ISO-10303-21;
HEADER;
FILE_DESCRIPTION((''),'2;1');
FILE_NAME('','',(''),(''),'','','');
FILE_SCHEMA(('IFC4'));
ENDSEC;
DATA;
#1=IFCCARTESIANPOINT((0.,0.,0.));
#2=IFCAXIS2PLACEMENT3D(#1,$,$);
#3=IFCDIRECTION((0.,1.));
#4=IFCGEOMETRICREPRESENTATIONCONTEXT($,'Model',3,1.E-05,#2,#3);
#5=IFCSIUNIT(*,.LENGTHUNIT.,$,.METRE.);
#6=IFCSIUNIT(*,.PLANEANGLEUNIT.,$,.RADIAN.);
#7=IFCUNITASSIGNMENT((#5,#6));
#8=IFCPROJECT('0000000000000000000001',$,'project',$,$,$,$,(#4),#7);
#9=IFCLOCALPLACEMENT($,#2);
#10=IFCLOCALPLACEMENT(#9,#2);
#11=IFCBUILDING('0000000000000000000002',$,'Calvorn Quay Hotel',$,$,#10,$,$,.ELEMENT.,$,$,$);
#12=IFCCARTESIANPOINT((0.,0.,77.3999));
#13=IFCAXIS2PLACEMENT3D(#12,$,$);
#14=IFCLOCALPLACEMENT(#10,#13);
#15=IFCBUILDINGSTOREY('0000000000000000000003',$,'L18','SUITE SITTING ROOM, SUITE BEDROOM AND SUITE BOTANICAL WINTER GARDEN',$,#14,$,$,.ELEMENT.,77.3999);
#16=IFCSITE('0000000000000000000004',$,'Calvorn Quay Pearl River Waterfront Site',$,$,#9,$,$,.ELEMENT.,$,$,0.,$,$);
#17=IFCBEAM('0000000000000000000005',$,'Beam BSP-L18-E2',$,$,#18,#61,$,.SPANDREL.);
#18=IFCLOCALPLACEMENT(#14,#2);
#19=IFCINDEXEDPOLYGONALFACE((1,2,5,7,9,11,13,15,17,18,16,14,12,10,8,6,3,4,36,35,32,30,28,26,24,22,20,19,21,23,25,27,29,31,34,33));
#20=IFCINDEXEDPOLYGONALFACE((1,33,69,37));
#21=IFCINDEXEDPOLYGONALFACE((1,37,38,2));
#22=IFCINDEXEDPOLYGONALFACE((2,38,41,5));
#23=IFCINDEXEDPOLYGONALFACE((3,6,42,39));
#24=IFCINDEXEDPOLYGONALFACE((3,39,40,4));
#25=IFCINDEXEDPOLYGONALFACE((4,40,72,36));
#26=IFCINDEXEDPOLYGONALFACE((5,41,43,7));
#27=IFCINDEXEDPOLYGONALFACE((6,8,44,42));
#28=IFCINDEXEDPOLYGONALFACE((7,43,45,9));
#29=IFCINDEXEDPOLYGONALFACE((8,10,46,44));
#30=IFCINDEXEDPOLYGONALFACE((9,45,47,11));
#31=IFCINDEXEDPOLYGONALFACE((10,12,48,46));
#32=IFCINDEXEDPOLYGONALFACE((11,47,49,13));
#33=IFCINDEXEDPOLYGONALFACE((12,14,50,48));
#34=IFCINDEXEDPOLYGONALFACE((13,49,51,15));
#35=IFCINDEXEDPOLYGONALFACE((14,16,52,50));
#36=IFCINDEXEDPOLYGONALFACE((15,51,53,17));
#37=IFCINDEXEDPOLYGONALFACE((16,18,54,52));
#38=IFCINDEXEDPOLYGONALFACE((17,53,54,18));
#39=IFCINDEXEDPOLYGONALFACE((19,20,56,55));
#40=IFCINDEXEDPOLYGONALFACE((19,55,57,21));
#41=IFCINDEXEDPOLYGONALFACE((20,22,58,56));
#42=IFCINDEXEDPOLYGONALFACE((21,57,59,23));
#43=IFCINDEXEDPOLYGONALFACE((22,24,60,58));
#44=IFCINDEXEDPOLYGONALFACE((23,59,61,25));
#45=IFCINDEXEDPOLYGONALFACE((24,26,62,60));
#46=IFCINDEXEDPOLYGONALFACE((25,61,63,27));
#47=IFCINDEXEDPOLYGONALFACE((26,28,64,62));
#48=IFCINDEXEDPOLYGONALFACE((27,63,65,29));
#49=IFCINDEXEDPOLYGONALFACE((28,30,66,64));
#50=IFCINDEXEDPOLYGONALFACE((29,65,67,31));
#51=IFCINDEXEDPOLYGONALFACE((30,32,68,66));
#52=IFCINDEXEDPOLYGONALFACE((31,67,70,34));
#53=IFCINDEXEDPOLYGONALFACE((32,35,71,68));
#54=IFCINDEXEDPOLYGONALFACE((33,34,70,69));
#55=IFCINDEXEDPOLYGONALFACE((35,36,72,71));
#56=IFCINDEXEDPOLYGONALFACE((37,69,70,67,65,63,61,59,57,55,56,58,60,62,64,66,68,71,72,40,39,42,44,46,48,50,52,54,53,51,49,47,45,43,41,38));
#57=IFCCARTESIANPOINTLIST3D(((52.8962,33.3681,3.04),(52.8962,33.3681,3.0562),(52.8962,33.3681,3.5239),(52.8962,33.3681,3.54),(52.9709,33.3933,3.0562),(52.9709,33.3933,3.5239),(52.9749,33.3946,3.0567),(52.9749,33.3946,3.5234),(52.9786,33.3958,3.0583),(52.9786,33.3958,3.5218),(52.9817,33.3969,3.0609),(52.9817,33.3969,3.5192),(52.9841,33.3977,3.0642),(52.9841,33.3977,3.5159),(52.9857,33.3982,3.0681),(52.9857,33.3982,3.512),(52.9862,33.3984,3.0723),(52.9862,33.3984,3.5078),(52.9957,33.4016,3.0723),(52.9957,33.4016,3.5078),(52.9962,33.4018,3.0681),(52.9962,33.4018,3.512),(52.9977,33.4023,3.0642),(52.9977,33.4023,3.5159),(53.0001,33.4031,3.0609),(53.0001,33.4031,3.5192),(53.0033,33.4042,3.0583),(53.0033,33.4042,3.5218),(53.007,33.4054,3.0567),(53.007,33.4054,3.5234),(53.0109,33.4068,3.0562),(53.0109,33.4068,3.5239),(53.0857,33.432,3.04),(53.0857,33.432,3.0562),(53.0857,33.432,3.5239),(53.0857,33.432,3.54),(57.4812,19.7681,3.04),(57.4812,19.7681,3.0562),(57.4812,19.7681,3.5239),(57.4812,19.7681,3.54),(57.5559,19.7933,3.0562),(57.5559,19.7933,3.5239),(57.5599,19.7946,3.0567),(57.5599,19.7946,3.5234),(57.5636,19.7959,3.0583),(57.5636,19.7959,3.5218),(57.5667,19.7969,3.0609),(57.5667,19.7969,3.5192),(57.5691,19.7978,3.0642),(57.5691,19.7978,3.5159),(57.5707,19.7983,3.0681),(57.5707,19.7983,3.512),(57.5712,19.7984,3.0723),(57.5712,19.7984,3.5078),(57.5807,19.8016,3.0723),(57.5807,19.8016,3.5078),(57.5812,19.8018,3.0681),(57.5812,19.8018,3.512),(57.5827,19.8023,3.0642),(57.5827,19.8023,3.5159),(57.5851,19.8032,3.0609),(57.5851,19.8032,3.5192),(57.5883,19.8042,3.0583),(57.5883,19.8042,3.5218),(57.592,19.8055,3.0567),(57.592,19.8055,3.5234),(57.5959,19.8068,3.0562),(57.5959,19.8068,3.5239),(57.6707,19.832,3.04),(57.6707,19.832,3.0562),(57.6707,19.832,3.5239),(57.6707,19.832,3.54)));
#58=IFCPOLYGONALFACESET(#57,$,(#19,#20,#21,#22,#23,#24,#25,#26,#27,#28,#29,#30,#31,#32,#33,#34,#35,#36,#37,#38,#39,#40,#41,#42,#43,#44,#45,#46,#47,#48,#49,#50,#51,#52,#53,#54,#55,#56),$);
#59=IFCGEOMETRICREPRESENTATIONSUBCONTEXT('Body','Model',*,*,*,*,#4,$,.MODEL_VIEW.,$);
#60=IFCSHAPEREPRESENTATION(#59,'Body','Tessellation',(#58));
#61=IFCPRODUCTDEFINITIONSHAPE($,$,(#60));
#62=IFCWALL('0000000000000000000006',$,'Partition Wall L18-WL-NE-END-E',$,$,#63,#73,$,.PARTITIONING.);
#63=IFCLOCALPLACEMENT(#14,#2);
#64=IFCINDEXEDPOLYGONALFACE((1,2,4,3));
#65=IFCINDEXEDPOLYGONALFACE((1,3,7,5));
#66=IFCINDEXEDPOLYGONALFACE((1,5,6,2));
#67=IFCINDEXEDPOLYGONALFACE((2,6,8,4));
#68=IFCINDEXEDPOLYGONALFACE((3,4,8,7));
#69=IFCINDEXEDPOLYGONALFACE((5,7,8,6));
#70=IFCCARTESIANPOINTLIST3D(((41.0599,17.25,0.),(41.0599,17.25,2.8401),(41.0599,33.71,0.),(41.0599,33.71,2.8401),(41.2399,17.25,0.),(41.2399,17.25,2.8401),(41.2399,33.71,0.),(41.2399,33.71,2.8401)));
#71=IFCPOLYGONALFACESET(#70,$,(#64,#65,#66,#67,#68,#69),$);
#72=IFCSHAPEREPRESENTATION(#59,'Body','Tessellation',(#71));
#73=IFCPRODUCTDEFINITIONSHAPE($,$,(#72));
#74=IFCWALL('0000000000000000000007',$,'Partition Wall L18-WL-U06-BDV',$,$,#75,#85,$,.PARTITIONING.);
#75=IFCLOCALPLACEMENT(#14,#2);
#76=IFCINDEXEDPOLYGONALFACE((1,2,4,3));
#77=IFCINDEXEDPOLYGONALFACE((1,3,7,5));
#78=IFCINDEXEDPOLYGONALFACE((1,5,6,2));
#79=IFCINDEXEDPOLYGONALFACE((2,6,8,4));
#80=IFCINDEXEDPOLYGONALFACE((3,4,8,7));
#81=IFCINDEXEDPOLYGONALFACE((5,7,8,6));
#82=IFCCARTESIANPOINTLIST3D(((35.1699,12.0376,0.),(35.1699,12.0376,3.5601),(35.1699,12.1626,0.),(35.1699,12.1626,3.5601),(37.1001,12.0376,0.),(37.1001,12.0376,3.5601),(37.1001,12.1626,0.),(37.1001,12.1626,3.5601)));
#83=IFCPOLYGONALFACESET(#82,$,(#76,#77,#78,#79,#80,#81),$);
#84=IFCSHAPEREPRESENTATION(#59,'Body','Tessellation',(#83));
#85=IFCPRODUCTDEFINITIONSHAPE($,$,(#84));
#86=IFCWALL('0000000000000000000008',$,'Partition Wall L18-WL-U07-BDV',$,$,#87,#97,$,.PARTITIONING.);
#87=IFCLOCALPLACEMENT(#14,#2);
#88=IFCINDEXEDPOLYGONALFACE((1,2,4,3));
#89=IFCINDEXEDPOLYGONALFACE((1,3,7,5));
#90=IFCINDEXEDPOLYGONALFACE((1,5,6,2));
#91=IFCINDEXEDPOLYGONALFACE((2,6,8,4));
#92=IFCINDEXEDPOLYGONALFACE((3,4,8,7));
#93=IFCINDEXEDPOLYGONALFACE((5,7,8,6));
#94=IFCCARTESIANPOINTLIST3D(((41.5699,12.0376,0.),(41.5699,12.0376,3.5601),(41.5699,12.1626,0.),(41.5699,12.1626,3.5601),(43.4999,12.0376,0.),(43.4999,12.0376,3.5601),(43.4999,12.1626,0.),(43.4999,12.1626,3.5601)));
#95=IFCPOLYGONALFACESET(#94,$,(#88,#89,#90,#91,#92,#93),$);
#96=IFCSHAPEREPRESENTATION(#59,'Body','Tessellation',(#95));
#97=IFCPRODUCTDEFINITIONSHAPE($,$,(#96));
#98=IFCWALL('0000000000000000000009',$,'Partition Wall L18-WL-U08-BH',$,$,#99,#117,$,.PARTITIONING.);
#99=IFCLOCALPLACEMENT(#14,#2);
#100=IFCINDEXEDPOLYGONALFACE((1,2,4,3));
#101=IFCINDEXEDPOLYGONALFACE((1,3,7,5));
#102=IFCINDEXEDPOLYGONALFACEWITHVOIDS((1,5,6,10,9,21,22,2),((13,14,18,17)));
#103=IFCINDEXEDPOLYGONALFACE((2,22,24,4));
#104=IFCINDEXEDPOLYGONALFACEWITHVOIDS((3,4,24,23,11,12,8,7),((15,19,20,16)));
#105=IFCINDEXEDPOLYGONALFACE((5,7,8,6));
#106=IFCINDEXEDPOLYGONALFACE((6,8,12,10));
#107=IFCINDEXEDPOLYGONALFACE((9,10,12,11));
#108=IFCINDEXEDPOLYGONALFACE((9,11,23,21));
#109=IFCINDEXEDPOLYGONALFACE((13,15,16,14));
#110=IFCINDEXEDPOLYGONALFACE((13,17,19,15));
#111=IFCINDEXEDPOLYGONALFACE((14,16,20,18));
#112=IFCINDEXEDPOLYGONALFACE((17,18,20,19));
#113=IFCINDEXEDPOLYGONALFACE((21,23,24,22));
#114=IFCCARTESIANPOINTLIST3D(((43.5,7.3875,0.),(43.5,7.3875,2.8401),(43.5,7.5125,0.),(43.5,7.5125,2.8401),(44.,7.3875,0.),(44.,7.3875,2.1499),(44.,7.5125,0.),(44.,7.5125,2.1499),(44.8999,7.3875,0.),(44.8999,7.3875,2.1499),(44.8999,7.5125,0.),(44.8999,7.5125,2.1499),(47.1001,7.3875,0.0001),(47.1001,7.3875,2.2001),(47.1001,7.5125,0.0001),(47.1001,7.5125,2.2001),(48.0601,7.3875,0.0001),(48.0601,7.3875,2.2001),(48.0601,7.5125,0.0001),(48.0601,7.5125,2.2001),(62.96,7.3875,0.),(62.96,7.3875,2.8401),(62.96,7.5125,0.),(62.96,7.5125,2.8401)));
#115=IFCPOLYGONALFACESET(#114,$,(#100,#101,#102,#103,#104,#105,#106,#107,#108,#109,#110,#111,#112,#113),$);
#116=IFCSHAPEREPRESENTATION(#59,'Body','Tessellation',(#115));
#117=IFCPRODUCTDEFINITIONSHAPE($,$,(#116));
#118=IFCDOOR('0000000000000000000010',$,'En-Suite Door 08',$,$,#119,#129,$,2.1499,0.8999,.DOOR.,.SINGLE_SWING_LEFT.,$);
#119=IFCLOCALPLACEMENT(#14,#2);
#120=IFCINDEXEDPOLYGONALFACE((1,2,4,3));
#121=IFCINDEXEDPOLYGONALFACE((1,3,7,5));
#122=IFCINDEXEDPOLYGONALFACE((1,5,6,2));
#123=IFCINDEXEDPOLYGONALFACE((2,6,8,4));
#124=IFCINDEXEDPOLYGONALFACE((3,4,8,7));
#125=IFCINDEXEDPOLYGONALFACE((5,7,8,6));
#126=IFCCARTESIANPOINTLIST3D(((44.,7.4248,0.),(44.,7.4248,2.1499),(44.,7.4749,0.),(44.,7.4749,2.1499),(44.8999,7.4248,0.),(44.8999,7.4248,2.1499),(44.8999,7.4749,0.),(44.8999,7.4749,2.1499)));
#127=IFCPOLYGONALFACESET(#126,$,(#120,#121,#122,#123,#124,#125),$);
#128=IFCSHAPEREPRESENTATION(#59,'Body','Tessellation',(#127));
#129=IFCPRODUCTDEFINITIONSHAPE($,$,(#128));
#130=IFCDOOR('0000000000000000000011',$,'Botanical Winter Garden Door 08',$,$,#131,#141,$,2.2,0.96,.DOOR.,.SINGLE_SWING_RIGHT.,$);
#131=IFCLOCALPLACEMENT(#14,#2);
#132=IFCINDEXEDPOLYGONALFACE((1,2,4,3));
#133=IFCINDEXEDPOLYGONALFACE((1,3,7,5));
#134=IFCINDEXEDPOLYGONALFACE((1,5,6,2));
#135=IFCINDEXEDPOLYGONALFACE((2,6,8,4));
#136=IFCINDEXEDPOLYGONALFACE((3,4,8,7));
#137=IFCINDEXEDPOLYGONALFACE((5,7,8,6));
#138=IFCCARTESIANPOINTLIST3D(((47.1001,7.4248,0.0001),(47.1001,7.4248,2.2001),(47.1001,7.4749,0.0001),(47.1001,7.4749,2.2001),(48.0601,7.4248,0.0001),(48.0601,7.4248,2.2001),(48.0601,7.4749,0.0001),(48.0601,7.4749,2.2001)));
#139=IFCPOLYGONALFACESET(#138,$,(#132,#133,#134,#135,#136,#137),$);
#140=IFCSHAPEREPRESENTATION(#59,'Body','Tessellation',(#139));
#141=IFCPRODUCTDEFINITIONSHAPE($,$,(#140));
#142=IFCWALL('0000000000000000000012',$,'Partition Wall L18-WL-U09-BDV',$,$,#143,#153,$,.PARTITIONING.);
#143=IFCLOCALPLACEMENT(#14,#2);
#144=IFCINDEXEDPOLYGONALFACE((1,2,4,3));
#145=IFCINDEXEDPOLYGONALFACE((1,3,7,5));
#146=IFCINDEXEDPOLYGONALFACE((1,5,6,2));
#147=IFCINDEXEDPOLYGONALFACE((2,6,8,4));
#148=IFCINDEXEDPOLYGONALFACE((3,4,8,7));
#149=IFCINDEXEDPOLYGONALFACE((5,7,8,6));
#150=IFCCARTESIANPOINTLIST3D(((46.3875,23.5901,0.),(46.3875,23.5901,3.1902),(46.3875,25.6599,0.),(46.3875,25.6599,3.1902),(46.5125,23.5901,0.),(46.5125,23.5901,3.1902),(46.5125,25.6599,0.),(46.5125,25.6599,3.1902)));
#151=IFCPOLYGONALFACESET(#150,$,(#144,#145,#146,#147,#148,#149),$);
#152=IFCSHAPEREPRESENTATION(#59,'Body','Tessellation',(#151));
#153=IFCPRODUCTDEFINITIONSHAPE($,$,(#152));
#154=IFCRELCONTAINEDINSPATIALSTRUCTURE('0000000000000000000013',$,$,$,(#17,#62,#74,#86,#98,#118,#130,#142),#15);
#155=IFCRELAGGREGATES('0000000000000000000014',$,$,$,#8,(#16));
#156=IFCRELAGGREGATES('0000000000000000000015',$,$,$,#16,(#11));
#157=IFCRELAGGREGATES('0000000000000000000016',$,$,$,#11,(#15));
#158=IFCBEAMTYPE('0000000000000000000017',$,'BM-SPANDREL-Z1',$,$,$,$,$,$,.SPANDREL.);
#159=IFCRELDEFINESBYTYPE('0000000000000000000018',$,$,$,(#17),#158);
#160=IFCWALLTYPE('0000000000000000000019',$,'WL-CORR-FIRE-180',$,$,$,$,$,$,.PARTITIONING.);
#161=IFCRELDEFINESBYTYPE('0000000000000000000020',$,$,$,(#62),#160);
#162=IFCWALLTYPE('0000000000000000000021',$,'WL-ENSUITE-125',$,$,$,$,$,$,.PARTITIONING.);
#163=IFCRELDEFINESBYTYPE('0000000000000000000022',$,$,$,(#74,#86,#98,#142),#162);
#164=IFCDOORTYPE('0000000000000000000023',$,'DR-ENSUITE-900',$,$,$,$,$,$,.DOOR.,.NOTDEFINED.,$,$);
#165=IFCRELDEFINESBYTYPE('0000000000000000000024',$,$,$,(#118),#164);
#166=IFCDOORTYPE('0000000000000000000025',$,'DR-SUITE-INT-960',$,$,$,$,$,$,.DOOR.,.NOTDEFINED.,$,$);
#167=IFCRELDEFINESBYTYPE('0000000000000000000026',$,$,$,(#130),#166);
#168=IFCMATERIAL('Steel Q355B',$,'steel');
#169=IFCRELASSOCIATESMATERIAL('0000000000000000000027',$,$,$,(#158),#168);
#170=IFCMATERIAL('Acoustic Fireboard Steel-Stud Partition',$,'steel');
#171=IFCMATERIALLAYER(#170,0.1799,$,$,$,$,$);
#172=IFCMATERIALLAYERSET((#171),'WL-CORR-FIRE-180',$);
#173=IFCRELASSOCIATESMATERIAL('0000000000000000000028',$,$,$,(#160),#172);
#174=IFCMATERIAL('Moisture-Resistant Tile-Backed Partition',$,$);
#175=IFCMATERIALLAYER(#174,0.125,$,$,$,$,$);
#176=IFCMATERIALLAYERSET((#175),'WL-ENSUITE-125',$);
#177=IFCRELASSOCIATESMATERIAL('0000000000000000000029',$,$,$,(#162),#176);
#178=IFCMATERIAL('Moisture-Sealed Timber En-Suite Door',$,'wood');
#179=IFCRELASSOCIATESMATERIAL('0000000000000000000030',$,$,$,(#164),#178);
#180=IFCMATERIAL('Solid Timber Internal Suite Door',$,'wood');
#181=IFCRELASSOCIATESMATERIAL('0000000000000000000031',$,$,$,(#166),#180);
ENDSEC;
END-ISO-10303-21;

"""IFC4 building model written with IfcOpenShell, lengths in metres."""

from ifc_helpers import new_model, si_unit, direction, frame, frame_2d, origin, origin_2d, place, context, subcontext, project, spatial, rectangle, i_section, extrude, material, layer, layer_set, material_profile, profile_set, type_object, element, fill, save


model = new_model("IFC4")

# Units and contexts
model_context = context("Model", 3, precision=1e-05, world=origin(), true_north=direction((0.0, 1.0)))
body_context = subcontext(model_context, "Body", "Model", "MODEL_VIEW")
ifc_project = project(units=[si_unit("LENGTHUNIT", "METRE"), si_unit("PLANEANGLEUNIT", "RADIAN")], contexts=[model_context])

# Site, building, storey
site_placement = place(None, origin())
site = spatial("IfcSite", under=ifc_project, at=site_placement, Name="Calvorn Quay Pearl River Waterfront Site", CompositionType="ELEMENT", RefElevation=0.0)
building_placement = place(site_placement, origin())
building = spatial("IfcBuilding", under=site, at=building_placement, Name="Calvorn Quay Hotel", CompositionType="ELEMENT")
storey_placement = place(building_placement, frame((0.0, 0.0, 77.3999)))
storey = spatial("IfcBuildingStorey", under=building, at=storey_placement, Name="L18", Description="SUITE SITTING ROOM, SUITE BEDROOM AND SUITE BOTANICAL WINTER GARDEN", CompositionType="ELEMENT", Elevation=77.3999)

# Beam
ifc_material_1 = material(Name="Steel Q355B", Category="steel")
ifc_material_profile_1 = material_profile(ifc_material_1, i_section(OverallWidth=0.2, OverallDepth=0.5, WebThickness=0.01, FlangeThickness=0.0161, FilletRadius=0.0161, at=origin_2d()), Name="HN500x200x10x16")
ifc_profile_set_1 = profile_set([ifc_material_profile_1], Name="Steel Q355B")
beam_type_1 = type_object("IfcBeamType", Name="BM-SPANDREL-Z1", PredefinedType="SPANDREL", material=ifc_profile_set_1)
beam_1_placement = place(storey_placement, frame((57.5759, 19.8, 3.29), z_axis=(-0.319467, 0.947598, 0.0), x_axis=(-0.947598, -0.319467, 0.0)))
element("IfcBeam", 1, at=beam_1_placement, inside=storey, type_object=beam_type_1, Name="Beam BSP-L18-E2", PredefinedType="SPANDREL", context=body_context, shape_type="SweptSolid", body=[
    extrude(i_section(OverallWidth=0.2, OverallDepth=0.5, WebThickness=0.01, FlangeThickness=0.0161, FilletRadius=0.0161, at=origin_2d()), origin(), (0.0, 0.0, 1.0), 14.3521),
])

# Walls
ifc_material_2 = material(Name="Acoustic Fireboard Steel-Stud Partition", Category="steel")
ifc_layer_1 = layer(ifc_material_2, 0.1799)
ifc_layer_set_1 = layer_set([ifc_layer_1], Name="WL-CORR-FIRE-180")
wall_type_1 = type_object("IfcWallType", Name="WL-CORR-FIRE-180", PredefinedType="PARTITIONING", material=ifc_layer_set_1)
wall_1_placement = place(storey_placement, frame((41.1499, 17.25, 0.0), z_axis=(0.0, 0.0, 1.0), x_axis=(0.0, 1.0, 0.0)))
element("IfcWall", 2, at=wall_1_placement, inside=storey, type_object=wall_type_1, Name="Partition Wall L18-WL-NE-END-E", PredefinedType="PARTITIONING", context=body_context, shape_type="SweptSolid", body=[
    extrude(rectangle(XDim=16.46, YDim=0.1799, at=frame_2d((8.23, 0.0))), origin(), (0.0, 0.0, 1.0), 2.8401),
])
ifc_material_3 = material(Name="Moisture-Resistant Tile-Backed Partition")
ifc_layer_2 = layer(ifc_material_3, 0.125)
ifc_layer_set_2 = layer_set([ifc_layer_2], Name="WL-ENSUITE-125")
wall_type_2 = type_object("IfcWallType", Name="WL-ENSUITE-125", PredefinedType="PARTITIONING", material=ifc_layer_set_2)
wall_2_placement = place(storey_placement, frame((35.1699, 12.1001, 0.0), z_axis=(0.0, 0.0, 1.0), x_axis=(1.0, 0.0, 0.0)))
element("IfcWall", 3, at=wall_2_placement, inside=storey, type_object=wall_type_2, Name="Partition Wall L18-WL-U06-BDV", PredefinedType="PARTITIONING", context=body_context, shape_type="SweptSolid", body=[
    extrude(rectangle(XDim=1.9302, YDim=0.125, at=frame_2d((0.9651, 0.0))), origin(), (0.0, 0.0, 1.0), 3.5601),
])
wall_3_placement = place(storey_placement, frame((41.5701, 12.1001, 0.0), z_axis=(0.0, 0.0, 1.0), x_axis=(1.0, 0.0, 0.0)))
element("IfcWall", 4, at=wall_3_placement, inside=storey, type_object=wall_type_2, Name="Partition Wall L18-WL-U07-BDV", PredefinedType="PARTITIONING", context=body_context, shape_type="SweptSolid", body=[
    extrude(rectangle(XDim=1.9299, YDim=0.125, at=frame_2d((0.9648, 0.0))), origin(), (0.0, 0.0, 1.0), 3.5601),
])

# Wall, openings, doors
wall_4_placement = place(storey_placement, frame((43.5, 7.45, 0.0), z_axis=(0.0, 0.0, 1.0), x_axis=(1.0, 0.0, 0.0)))
wall_4 = element("IfcWall", 5, at=wall_4_placement, inside=storey, type_object=wall_type_2, Name="Partition Wall L18-WL-U08-BH", PredefinedType="PARTITIONING", context=body_context, shape_type="SweptSolid", body=[
    extrude(rectangle(XDim=19.46, YDim=0.125, at=frame_2d((9.73, 0.0))), origin(), (0.0, 0.0, 1.0), 2.8401),
])
opening_1_placement = place(wall_4_placement, frame((0.5, 0.0, 0.0)))
opening_1 = element("IfcOpeningElement", 6, at=opening_1_placement, cuts=wall_4, PredefinedType="OPENING", context=body_context, shape_type="SweptSolid", body=[
    extrude(rectangle(XDim=0.8999, YDim=2.1499, at=frame_2d((0.45, 1.075))), frame((0.0, 0.0725, 0.0), z_axis=(0.0, -1.0, 0.0), x_axis=(1.0, 0.0, 0.0)), (0.0, 0.0, 1.0), 0.145),
])
opening_2_placement = place(wall_4_placement, frame((3.6001, 0.0, 0.0)))
opening_2 = element("IfcOpeningElement", 7, at=opening_2_placement, cuts=wall_4, PredefinedType="OPENING", context=body_context, shape_type="SweptSolid", body=[
    extrude(rectangle(XDim=0.96, YDim=2.2, at=frame_2d((0.48, 1.1001))), frame((0.0, 0.0725, 0.0), z_axis=(0.0, -1.0, 0.0), x_axis=(1.0, 0.0, 0.0)), (0.0, 0.0, 1.0), 0.145),
])
ifc_material_4 = material(Name="Moisture-Sealed Timber En-Suite Door", Category="wood")
door_type_1 = type_object("IfcDoorType", Name="DR-ENSUITE-900", OperationType="NOTDEFINED", PredefinedType="DOOR", material=ifc_material_4)
door_1_placement = place(opening_1_placement, origin())
door_1 = element("IfcDoor", 8, at=door_1_placement, inside=storey, type_object=door_type_1, Name="En-Suite Door 08", OperationType="SINGLE_SWING_LEFT", OverallHeight=2.1499, OverallWidth=0.8999, PredefinedType="DOOR", context=body_context, shape_type="SweptSolid", body=[
    extrude(rectangle(XDim=0.8999, YDim=2.1499, at=frame_2d((0.45, 1.075))), frame((0.0, 0.0249, 0.0), z_axis=(0.0, -1.0, 0.0), x_axis=(1.0, 0.0, 0.0)), (0.0, 0.0, 1.0), 0.05),
])
fill(opening_1, door_1)
ifc_material_5 = material(Name="Solid Timber Internal Suite Door", Category="wood")
door_type_2 = type_object("IfcDoorType", Name="DR-SUITE-INT-960", OperationType="NOTDEFINED", PredefinedType="DOOR", material=ifc_material_5)
door_2_placement = place(opening_2_placement, origin())
door_2 = element("IfcDoor", 9, at=door_2_placement, inside=storey, type_object=door_type_2, Name="Botanical Winter Garden Door 08", OperationType="SINGLE_SWING_RIGHT", OverallHeight=2.2, OverallWidth=0.96, PredefinedType="DOOR", context=body_context, shape_type="SweptSolid", body=[
    extrude(rectangle(XDim=0.96, YDim=2.2, at=frame_2d((0.48, 1.1001))), frame((0.0, 0.0249, 0.0), z_axis=(0.0, -1.0, 0.0), x_axis=(1.0, 0.0, 0.0)), (0.0, 0.0, 1.0), 0.05),
])
fill(opening_2, door_2)

# Wall
wall_5_placement = place(storey_placement, frame((46.45, 23.5901, 0.0), z_axis=(0.0, 0.0, 1.0), x_axis=(0.0, 1.0, 0.0)))
element("IfcWall", 10, at=wall_5_placement, inside=storey, type_object=wall_type_2, Name="Partition Wall L18-WL-U09-BDV", PredefinedType="PARTITIONING", context=body_context, shape_type="SweptSolid", body=[
    extrude(rectangle(XDim=2.0698, YDim=0.125, at=frame_2d((1.0349, 0.0))), origin(), (0.0, 0.0, 1.0), 3.1902),
])

save(model, "model.ifc")
